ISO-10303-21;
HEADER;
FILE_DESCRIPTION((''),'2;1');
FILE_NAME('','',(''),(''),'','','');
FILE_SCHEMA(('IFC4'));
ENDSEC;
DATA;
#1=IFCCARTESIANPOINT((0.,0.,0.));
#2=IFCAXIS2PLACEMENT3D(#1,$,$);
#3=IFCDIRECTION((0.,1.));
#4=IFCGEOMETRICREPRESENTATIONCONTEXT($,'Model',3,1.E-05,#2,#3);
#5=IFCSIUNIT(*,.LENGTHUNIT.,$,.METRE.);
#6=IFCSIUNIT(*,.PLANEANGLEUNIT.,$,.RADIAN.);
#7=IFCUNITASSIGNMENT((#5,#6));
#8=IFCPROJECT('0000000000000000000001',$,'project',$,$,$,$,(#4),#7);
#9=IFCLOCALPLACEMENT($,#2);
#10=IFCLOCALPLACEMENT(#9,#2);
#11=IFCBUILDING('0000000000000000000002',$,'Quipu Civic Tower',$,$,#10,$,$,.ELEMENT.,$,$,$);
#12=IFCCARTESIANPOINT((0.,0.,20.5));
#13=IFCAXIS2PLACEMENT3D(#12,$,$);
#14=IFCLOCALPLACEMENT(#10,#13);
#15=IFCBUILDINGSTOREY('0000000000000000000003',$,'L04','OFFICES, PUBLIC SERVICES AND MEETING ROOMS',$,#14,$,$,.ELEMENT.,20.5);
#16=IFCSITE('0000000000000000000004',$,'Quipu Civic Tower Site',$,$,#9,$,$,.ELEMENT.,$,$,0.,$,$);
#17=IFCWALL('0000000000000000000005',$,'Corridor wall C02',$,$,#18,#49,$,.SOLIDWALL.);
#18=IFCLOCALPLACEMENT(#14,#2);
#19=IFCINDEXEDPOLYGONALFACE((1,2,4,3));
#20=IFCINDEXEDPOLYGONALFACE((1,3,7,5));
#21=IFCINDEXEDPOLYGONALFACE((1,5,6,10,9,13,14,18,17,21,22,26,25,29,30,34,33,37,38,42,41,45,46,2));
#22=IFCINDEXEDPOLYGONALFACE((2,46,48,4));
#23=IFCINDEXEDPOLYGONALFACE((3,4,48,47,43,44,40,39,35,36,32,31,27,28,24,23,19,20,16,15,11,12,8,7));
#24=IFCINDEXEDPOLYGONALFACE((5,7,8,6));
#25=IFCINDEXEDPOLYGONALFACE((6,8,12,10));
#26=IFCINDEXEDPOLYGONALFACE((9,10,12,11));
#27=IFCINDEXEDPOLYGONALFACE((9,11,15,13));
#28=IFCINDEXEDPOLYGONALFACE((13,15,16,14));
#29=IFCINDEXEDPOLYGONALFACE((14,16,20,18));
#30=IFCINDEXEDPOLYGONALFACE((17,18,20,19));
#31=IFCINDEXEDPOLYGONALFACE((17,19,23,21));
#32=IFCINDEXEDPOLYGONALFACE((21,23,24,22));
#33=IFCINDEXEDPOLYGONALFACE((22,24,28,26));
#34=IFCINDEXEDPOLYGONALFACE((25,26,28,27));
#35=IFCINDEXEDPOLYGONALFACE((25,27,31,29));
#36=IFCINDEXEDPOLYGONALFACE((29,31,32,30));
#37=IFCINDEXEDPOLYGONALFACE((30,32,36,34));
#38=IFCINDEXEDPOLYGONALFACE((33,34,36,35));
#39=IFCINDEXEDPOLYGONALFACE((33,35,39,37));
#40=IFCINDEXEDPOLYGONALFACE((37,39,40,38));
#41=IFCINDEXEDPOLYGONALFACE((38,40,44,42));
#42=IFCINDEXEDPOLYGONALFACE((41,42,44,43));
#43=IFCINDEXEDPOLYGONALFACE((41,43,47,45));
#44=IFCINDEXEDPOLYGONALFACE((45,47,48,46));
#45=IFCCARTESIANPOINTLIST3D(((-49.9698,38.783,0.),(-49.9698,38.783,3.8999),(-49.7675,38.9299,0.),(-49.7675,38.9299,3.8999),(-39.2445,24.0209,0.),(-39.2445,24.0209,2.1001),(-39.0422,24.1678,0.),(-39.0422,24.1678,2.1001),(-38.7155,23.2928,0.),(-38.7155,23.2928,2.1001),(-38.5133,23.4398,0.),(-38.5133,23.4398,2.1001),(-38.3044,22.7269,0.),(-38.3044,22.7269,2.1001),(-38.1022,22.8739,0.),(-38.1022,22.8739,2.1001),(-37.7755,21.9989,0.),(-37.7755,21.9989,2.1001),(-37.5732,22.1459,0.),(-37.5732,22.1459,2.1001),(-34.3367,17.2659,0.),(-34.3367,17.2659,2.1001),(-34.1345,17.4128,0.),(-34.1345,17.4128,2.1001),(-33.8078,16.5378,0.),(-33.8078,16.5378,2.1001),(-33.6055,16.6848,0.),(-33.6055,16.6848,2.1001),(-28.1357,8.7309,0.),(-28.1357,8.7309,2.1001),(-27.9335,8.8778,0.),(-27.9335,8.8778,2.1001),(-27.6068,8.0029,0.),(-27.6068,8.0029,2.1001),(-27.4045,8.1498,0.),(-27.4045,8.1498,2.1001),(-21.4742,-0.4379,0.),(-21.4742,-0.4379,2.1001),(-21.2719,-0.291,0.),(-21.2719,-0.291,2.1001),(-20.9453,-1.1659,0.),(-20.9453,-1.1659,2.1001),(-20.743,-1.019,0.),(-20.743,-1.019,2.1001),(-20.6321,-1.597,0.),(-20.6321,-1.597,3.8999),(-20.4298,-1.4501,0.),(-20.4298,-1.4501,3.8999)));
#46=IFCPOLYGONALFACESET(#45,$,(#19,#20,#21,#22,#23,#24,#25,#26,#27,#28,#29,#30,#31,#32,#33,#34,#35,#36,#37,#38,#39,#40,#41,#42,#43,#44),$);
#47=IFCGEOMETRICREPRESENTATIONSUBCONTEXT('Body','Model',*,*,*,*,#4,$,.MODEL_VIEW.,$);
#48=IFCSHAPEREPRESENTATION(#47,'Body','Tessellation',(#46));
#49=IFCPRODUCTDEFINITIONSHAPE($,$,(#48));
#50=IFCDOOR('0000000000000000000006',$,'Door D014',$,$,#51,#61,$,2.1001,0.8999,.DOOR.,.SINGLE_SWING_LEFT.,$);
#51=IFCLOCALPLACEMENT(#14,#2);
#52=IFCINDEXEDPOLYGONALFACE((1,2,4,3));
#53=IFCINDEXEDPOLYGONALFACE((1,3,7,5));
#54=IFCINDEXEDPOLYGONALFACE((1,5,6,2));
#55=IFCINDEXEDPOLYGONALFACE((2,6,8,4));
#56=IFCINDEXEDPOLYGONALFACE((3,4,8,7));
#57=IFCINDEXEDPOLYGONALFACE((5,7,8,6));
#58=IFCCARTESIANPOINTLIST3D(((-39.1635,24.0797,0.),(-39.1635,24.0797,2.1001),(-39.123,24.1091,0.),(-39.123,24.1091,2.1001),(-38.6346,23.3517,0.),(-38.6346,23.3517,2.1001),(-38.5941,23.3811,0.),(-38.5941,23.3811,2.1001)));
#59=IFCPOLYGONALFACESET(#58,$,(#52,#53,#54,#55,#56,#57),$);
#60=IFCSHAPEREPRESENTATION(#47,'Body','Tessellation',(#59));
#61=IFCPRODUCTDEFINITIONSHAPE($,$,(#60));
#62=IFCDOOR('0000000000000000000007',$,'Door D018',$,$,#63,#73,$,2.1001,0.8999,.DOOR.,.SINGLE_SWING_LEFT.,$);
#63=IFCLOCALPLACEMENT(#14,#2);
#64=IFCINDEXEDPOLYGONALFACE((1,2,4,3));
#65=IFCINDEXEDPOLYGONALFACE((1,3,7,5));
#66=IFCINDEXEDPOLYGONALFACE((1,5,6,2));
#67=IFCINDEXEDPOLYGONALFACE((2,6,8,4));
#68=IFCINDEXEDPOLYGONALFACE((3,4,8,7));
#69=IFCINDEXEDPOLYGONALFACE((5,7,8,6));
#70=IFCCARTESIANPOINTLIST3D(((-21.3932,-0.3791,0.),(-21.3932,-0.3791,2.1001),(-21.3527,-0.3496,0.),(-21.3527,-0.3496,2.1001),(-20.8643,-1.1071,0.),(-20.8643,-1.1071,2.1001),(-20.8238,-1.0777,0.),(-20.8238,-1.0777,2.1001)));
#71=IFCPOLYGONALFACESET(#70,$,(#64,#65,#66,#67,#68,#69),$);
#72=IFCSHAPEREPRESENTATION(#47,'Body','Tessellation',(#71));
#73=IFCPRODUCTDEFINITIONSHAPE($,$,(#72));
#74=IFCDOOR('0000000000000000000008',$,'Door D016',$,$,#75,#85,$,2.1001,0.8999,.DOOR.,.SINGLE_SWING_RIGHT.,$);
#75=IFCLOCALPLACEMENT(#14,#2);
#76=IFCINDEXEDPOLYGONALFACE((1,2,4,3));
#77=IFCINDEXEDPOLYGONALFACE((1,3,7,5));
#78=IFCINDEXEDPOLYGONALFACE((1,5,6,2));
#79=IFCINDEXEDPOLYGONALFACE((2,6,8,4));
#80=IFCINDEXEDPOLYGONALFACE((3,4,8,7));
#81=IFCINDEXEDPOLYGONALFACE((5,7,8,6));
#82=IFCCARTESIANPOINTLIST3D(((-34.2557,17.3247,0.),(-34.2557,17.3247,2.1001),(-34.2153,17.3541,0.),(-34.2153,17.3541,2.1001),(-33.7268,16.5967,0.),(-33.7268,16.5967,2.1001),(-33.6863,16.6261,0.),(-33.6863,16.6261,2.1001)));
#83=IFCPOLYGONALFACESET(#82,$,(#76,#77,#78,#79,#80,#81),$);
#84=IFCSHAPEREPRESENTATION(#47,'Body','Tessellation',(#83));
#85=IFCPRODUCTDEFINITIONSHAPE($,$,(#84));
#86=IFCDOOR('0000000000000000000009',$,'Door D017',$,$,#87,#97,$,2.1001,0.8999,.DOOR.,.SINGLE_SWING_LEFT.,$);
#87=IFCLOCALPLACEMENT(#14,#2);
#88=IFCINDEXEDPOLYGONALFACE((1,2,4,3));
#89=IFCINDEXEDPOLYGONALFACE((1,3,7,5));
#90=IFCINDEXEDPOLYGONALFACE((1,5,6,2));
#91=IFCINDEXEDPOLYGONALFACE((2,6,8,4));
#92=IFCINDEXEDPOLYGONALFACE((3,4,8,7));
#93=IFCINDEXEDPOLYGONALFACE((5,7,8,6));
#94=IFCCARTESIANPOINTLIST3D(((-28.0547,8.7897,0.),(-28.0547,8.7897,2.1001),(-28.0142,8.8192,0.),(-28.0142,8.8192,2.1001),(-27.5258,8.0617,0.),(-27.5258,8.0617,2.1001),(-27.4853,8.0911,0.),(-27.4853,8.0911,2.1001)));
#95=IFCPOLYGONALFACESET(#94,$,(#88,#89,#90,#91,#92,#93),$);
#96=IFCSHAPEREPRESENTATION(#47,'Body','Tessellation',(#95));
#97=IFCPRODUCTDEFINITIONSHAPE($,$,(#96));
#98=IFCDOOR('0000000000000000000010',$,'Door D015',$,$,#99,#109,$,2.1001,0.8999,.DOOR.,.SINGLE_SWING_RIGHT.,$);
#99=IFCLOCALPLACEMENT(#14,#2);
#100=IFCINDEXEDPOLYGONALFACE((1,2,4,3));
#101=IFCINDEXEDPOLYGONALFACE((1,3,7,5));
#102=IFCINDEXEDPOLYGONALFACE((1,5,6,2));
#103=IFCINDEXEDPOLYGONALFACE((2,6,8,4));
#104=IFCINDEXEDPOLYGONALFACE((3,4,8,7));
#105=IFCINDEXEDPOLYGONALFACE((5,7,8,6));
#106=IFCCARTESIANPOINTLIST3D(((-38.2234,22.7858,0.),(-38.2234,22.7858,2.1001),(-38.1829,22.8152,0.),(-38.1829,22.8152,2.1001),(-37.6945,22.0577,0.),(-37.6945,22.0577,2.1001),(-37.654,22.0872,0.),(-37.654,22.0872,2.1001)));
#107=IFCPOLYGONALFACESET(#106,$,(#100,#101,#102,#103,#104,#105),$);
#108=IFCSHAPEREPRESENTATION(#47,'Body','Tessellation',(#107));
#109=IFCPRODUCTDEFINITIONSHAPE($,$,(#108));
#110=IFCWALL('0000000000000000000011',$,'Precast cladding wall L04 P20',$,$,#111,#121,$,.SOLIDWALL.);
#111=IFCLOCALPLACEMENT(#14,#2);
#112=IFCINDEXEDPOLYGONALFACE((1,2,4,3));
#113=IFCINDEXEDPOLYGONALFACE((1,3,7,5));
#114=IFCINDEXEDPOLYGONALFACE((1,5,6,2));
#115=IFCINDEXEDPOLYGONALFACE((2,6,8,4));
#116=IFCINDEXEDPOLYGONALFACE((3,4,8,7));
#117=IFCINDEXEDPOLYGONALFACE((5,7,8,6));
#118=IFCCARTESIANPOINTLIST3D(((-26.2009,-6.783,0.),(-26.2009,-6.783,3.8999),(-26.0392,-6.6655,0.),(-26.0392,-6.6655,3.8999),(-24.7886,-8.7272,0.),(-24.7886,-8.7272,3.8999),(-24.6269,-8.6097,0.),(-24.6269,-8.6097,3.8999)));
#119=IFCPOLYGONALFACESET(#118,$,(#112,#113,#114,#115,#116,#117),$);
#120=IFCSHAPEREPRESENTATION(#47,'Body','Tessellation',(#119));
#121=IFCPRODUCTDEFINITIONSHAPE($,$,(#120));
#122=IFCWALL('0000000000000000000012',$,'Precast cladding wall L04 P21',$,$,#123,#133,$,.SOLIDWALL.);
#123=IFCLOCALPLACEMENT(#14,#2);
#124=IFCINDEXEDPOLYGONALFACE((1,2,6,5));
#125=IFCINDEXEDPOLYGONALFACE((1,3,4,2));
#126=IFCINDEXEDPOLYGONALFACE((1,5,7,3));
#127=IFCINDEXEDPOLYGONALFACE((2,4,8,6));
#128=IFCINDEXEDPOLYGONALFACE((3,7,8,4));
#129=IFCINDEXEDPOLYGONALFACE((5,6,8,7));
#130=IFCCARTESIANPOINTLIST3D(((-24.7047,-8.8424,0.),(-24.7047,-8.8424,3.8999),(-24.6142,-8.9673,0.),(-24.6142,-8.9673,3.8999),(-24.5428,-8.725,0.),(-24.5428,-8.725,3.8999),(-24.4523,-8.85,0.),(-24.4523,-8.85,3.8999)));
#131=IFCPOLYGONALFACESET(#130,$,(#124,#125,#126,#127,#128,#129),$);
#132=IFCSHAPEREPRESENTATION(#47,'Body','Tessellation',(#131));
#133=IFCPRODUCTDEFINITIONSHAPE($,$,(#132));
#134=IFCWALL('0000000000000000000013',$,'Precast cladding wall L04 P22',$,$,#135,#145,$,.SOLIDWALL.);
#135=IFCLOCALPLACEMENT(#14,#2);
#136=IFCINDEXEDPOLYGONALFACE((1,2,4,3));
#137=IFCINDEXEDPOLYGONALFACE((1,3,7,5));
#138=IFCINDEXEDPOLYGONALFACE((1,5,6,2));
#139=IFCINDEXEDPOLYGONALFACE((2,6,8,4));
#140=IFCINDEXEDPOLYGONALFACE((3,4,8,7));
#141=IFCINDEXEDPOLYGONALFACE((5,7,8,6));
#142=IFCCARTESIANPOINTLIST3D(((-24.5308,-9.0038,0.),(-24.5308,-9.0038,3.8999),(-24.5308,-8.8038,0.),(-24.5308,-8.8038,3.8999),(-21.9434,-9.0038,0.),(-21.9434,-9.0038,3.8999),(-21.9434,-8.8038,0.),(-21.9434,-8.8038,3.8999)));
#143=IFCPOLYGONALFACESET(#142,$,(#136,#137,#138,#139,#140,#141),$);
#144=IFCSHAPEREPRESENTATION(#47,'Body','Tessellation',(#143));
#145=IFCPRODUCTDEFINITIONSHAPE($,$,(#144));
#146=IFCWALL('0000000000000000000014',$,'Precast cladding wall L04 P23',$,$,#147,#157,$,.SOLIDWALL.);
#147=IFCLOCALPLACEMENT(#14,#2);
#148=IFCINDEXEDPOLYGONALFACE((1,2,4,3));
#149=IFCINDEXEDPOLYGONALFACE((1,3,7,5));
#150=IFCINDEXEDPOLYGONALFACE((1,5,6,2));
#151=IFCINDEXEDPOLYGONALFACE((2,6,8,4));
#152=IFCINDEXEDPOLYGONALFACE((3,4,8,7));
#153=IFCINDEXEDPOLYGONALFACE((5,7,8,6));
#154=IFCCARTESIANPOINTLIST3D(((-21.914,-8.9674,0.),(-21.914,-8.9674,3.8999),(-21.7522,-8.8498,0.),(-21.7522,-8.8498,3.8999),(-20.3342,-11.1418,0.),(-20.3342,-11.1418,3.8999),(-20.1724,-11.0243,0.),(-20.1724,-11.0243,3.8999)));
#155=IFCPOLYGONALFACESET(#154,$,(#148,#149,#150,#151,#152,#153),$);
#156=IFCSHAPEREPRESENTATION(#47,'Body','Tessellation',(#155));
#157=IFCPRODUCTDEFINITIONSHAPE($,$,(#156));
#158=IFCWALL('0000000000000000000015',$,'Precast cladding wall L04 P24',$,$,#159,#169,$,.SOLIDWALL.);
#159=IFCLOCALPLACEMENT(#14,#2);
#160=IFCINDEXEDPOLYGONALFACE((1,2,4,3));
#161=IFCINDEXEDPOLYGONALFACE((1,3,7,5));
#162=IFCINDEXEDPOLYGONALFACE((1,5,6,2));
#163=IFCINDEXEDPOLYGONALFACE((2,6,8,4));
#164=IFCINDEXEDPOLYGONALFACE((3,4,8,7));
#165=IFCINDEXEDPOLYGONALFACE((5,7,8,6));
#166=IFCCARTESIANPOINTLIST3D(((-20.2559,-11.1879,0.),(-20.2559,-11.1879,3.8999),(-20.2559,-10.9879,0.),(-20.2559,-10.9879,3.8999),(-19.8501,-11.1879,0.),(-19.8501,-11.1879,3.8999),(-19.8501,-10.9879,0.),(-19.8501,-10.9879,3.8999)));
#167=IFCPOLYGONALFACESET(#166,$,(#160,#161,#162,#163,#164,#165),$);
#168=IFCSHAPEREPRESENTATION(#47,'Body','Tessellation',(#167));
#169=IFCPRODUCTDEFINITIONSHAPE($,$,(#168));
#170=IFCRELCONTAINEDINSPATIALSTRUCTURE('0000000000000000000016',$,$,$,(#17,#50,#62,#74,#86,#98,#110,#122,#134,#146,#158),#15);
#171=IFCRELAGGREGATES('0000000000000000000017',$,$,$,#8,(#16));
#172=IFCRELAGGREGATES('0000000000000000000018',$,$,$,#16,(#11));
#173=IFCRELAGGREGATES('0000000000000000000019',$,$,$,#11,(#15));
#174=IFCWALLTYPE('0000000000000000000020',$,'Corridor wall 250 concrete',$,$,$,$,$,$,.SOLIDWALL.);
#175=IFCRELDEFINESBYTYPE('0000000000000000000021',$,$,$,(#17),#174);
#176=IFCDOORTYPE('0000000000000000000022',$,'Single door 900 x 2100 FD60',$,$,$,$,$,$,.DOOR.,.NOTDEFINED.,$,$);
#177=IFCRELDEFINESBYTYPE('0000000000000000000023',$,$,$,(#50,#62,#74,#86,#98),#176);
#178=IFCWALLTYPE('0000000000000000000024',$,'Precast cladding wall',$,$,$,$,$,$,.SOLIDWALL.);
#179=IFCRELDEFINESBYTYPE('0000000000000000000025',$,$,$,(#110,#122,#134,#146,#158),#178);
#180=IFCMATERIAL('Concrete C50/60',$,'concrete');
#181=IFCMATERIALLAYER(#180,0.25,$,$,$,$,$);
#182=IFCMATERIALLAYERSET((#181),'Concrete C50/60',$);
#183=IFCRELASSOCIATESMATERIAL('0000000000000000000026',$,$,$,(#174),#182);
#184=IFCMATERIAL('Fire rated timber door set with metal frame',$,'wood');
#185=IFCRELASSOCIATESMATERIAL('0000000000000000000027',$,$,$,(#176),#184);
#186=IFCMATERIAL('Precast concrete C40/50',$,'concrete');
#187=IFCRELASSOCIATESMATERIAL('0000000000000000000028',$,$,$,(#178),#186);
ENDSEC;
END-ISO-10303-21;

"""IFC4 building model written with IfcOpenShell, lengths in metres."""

from ifc_helpers import new_model, si_unit, direction, frame, frame_2d, origin, place, context, subcontext, project, spatial, rectangle, extrude, material, layer, layer_set, type_object, element, fill, save


model = new_model("IFC4")

# Units and contexts
model_context = context("Model", 3, precision=1e-05, world=origin(), true_north=direction((0.0, 1.0)))
body_context = subcontext(model_context, "Body", "Model", "MODEL_VIEW")
ifc_project = project(units=[si_unit("LENGTHUNIT", "METRE"), si_unit("PLANEANGLEUNIT", "RADIAN")], contexts=[model_context])

# Site, building, storey
site_placement = place(None, origin())
site = spatial("IfcSite", under=ifc_project, at=site_placement, Name="Quipu Civic Tower Site", CompositionType="ELEMENT", RefElevation=0.0)
building_placement = place(site_placement, origin())
building = spatial("IfcBuilding", under=site, at=building_placement, Name="Quipu Civic Tower", CompositionType="ELEMENT")
storey_placement = place(building_placement, frame((0.0, 0.0, 20.5)))
storey = spatial("IfcBuildingStorey", under=building, at=storey_placement, Name="L04", Description="OFFICES, PUBLIC SERVICES AND MEETING ROOMS", CompositionType="ELEMENT", Elevation=20.5)

# Wall, openings, doors
ifc_material_1 = material(Name="Concrete C50/60", Category="concrete")
ifc_layer_1 = layer(ifc_material_1, 0.25)
ifc_layer_set_1 = layer_set([ifc_layer_1], Name="Concrete C50/60")
wall_type_1 = type_object("IfcWallType", Name="Corridor wall 250 concrete", PredefinedType="SOLIDWALL", material=ifc_layer_set_1)
wall_1_placement = place(storey_placement, frame((-20.531, -1.5234, 0.0), z_axis=(0.0, 0.0, 1.0), x_axis=(-0.587785, 0.809018, 0.0)))
wall_1 = element("IfcWall", 1, at=wall_1_placement, inside=storey, type_object=wall_type_1, Name="Corridor wall C02", PredefinedType="SOLIDWALL", context=body_context, shape_type="SweptSolid", body=[
    extrude(rectangle(XDim=49.9124, YDim=0.25, at=frame_2d((24.9561, 0.0))), origin(), (0.0, 0.0, 1.0), 3.8999),
])
opening_1_placement = place(wall_1_placement, frame((30.7654, 0.0, 0.0)))
opening_1 = element("IfcOpeningElement", 2, at=opening_1_placement, cuts=wall_1, PredefinedType="OPENING", context=body_context, shape_type="SweptSolid", body=[
    extrude(rectangle(XDim=0.8999, YDim=2.1001, at=frame_2d((0.45, 1.05))), frame((0.0, 0.135, 0.0), z_axis=(0.0, -1.0, 0.0), x_axis=(1.0, 0.0, 0.0)), (0.0, 0.0, 1.0), 0.27),
])
opening_2_placement = place(wall_1_placement, frame((0.5327, 0.0, 0.0)))
opening_2 = element("IfcOpeningElement", 3, at=opening_2_placement, cuts=wall_1, PredefinedType="OPENING", context=body_context, shape_type="SweptSolid", body=[
    extrude(rectangle(XDim=0.8999, YDim=2.1001, at=frame_2d((0.45, 1.05))), frame((0.0, 0.135, 0.0), z_axis=(0.0, -1.0, 0.0), x_axis=(1.0, 0.0, 0.0)), (0.0, 0.0, 1.0), 0.27),
])
opening_3_placement = place(wall_1_placement, frame((22.4158, 0.0, 0.0)))
opening_3 = element("IfcOpeningElement", 4, at=opening_3_placement, cuts=wall_1, PredefinedType="OPENING", context=body_context, shape_type="SweptSolid", body=[
    extrude(rectangle(XDim=0.8999, YDim=2.1001, at=frame_2d((0.45, 1.05))), frame((0.0, 0.135, 0.0), z_axis=(0.0, -1.0, 0.0), x_axis=(1.0, 0.0, 0.0)), (0.0, 0.0, 1.0), 0.27),
])
opening_4_placement = place(wall_1_placement, frame((11.866, 0.0, 0.0)))
opening_4 = element("IfcOpeningElement", 5, at=opening_4_placement, cuts=wall_1, PredefinedType="OPENING", context=body_context, shape_type="SweptSolid", body=[
    extrude(rectangle(XDim=0.8999, YDim=2.1001, at=frame_2d((0.45, 1.05))), frame((0.0, 0.135, 0.0), z_axis=(0.0, -1.0, 0.0), x_axis=(1.0, 0.0, 0.0)), (0.0, 0.0, 1.0), 0.27),
])
opening_5_placement = place(wall_1_placement, frame((29.166, 0.0, 0.0)))
opening_5 = element("IfcOpeningElement", 6, at=opening_5_placement, cuts=wall_1, PredefinedType="OPENING", context=body_context, shape_type="SweptSolid", body=[
    extrude(rectangle(XDim=0.8999, YDim=2.1001, at=frame_2d((0.45, 1.05))), frame((0.0, 0.135, 0.0), z_axis=(0.0, -1.0, 0.0), x_axis=(1.0, 0.0, 0.0)), (0.0, 0.0, 1.0), 0.27),
])
ifc_material_2 = material(Name="Fire rated timber door set with metal frame", Category="wood")
door_type = type_object("IfcDoorType", Name="Single door 900 x 2100 FD60", OperationType="NOTDEFINED", PredefinedType="DOOR", material=ifc_material_2)
door_1_placement = place(opening_1_placement, origin())
door_1 = element("IfcDoor", 7, at=door_1_placement, inside=storey, type_object=door_type, Name="Door D014", OperationType="SINGLE_SWING_LEFT", OverallHeight=2.1001, OverallWidth=0.8999, PredefinedType="DOOR", context=body_context, shape_type="SweptSolid", body=[
    extrude(rectangle(XDim=0.8999, YDim=2.1001, at=frame_2d((0.45, 1.05))), frame((0.0, 0.0249, 0.0), z_axis=(0.0, -1.0, 0.0), x_axis=(1.0, 0.0, 0.0)), (0.0, 0.0, 1.0), 0.05),
])
fill(opening_1, door_1)
door_2_placement = place(opening_2_placement, origin())
door_2 = element("IfcDoor", 8, at=door_2_placement, inside=storey, type_object=door_type, Name="Door D018", OperationType="SINGLE_SWING_LEFT", OverallHeight=2.1001, OverallWidth=0.8999, PredefinedType="DOOR", context=body_context, shape_type="SweptSolid", body=[
    extrude(rectangle(XDim=0.8999, YDim=2.1001, at=frame_2d((0.45, 1.05))), frame((0.0, 0.0249, 0.0), z_axis=(0.0, -1.0, 0.0), x_axis=(1.0, 0.0, 0.0)), (0.0, 0.0, 1.0), 0.05),
])
fill(opening_2, door_2)
door_3_placement = place(opening_3_placement, origin())
door_3 = element("IfcDoor", 9, at=door_3_placement, inside=storey, type_object=door_type, Name="Door D016", OperationType="SINGLE_SWING_RIGHT", OverallHeight=2.1001, OverallWidth=0.8999, PredefinedType="DOOR", context=body_context, shape_type="SweptSolid", body=[
    extrude(rectangle(XDim=0.8999, YDim=2.1001, at=frame_2d((0.45, 1.05))), frame((0.0, 0.0249, 0.0), z_axis=(0.0, -1.0, 0.0), x_axis=(1.0, 0.0, 0.0)), (0.0, 0.0, 1.0), 0.05),
])
fill(opening_3, door_3)
door_4_placement = place(opening_4_placement, origin())
door_4 = element("IfcDoor", 10, at=door_4_placement, inside=storey, type_object=door_type, Name="Door D017", OperationType="SINGLE_SWING_LEFT", OverallHeight=2.1001, OverallWidth=0.8999, PredefinedType="DOOR", context=body_context, shape_type="SweptSolid", body=[
    extrude(rectangle(XDim=0.8999, YDim=2.1001, at=frame_2d((0.45, 1.05))), frame((0.0, 0.0249, 0.0), z_axis=(0.0, -1.0, 0.0), x_axis=(1.0, 0.0, 0.0)), (0.0, 0.0, 1.0), 0.05),
])
fill(opening_4, door_4)
door_5_placement = place(opening_5_placement, origin())
door_5 = element("IfcDoor", 11, at=door_5_placement, inside=storey, type_object=door_type, Name="Door D015", OperationType="SINGLE_SWING_RIGHT", OverallHeight=2.1001, OverallWidth=0.8999, PredefinedType="DOOR", context=body_context, shape_type="SweptSolid", body=[
    extrude(rectangle(XDim=0.8999, YDim=2.1001, at=frame_2d((0.45, 1.05))), frame((0.0, 0.0249, 0.0), z_axis=(0.0, -1.0, 0.0), x_axis=(1.0, 0.0, 0.0)), (0.0, 0.0, 1.0), 0.05),
])
fill(opening_5, door_5)

# Walls
ifc_material_3 = material(Name="Precast concrete C40/50", Category="concrete")
wall_type_2 = type_object("IfcWallType", Name="Precast cladding wall", PredefinedType="SOLIDWALL", material=ifc_material_3)
wall_2_placement = place(storey_placement, frame((-26.1201, -6.7241, 0.0), z_axis=(0.0, 0.0, 1.0), x_axis=(0.587706, -0.809074, 0.0)))
element("IfcWall", 12, at=wall_2_placement, inside=storey, type_object=wall_type_2, Name="Precast cladding wall L04 P20", PredefinedType="SOLIDWALL", context=body_context, shape_type="SweptSolid", body=[
    extrude(rectangle(XDim=2.4031, YDim=0.2, at=frame_2d((1.2017, 0.0))), origin(), (0.0, 0.0, 1.0), 3.8999),
])
wall_3_placement = place(storey_placement, frame((-24.6238, -8.7837, 0.0), z_axis=(0.0, 0.0, 1.0), x_axis=(0.58676, -0.809761, 0.0)))
element("IfcWall", 13, at=wall_3_placement, inside=storey, type_object=wall_type_2, Name="Precast cladding wall L04 P21", PredefinedType="SOLIDWALL", context=body_context, shape_type="SweptSolid", body=[
    extrude(rectangle(XDim=0.1543, YDim=0.2, at=frame_2d((0.0771, 0.0))), origin(), (0.0, 0.0, 1.0), 3.8999),
])
wall_4_placement = place(storey_placement, frame((-24.5308, -8.9038, 0.0), z_axis=(0.0, 0.0, 1.0), x_axis=(1.0, 0.0, 0.0)))
element("IfcWall", 14, at=wall_4_placement, inside=storey, type_object=wall_type_2, Name="Precast cladding wall L04 P22", PredefinedType="SOLIDWALL", context=body_context, shape_type="SweptSolid", body=[
    extrude(rectangle(XDim=2.5874, YDim=0.2, at=frame_2d((1.2937, 0.0))), origin(), (0.0, 0.0, 1.0), 3.8999),
])
wall_5_placement = place(storey_placement, frame((-21.833, -8.9087, 0.0), z_axis=(0.0, 0.0, 1.0), x_axis=(0.587767, -0.809031, 0.0)))
element("IfcWall", 15, at=wall_5_placement, inside=storey, type_object=wall_type_2, Name="Precast cladding wall L04 P23", PredefinedType="SOLIDWALL", context=body_context, shape_type="SweptSolid", body=[
    extrude(rectangle(XDim=2.6877, YDim=0.2, at=frame_2d((1.3438, 0.0))), origin(), (0.0, 0.0, 1.0), 3.8999),
])
wall_6_placement = place(storey_placement, frame((-20.2559, -11.0879, 0.0), z_axis=(0.0, 0.0, 1.0), x_axis=(1.0, 0.0, 0.0)))
element("IfcWall", 16, at=wall_6_placement, inside=storey, type_object=wall_type_2, Name="Precast cladding wall L04 P24", PredefinedType="SOLIDWALL", context=body_context, shape_type="SweptSolid", body=[
    extrude(rectangle(XDim=0.4058, YDim=0.2, at=frame_2d((0.2029, 0.0))), origin(), (0.0, 0.0, 1.0), 3.8999),
])

save(model, "model.ifc")
